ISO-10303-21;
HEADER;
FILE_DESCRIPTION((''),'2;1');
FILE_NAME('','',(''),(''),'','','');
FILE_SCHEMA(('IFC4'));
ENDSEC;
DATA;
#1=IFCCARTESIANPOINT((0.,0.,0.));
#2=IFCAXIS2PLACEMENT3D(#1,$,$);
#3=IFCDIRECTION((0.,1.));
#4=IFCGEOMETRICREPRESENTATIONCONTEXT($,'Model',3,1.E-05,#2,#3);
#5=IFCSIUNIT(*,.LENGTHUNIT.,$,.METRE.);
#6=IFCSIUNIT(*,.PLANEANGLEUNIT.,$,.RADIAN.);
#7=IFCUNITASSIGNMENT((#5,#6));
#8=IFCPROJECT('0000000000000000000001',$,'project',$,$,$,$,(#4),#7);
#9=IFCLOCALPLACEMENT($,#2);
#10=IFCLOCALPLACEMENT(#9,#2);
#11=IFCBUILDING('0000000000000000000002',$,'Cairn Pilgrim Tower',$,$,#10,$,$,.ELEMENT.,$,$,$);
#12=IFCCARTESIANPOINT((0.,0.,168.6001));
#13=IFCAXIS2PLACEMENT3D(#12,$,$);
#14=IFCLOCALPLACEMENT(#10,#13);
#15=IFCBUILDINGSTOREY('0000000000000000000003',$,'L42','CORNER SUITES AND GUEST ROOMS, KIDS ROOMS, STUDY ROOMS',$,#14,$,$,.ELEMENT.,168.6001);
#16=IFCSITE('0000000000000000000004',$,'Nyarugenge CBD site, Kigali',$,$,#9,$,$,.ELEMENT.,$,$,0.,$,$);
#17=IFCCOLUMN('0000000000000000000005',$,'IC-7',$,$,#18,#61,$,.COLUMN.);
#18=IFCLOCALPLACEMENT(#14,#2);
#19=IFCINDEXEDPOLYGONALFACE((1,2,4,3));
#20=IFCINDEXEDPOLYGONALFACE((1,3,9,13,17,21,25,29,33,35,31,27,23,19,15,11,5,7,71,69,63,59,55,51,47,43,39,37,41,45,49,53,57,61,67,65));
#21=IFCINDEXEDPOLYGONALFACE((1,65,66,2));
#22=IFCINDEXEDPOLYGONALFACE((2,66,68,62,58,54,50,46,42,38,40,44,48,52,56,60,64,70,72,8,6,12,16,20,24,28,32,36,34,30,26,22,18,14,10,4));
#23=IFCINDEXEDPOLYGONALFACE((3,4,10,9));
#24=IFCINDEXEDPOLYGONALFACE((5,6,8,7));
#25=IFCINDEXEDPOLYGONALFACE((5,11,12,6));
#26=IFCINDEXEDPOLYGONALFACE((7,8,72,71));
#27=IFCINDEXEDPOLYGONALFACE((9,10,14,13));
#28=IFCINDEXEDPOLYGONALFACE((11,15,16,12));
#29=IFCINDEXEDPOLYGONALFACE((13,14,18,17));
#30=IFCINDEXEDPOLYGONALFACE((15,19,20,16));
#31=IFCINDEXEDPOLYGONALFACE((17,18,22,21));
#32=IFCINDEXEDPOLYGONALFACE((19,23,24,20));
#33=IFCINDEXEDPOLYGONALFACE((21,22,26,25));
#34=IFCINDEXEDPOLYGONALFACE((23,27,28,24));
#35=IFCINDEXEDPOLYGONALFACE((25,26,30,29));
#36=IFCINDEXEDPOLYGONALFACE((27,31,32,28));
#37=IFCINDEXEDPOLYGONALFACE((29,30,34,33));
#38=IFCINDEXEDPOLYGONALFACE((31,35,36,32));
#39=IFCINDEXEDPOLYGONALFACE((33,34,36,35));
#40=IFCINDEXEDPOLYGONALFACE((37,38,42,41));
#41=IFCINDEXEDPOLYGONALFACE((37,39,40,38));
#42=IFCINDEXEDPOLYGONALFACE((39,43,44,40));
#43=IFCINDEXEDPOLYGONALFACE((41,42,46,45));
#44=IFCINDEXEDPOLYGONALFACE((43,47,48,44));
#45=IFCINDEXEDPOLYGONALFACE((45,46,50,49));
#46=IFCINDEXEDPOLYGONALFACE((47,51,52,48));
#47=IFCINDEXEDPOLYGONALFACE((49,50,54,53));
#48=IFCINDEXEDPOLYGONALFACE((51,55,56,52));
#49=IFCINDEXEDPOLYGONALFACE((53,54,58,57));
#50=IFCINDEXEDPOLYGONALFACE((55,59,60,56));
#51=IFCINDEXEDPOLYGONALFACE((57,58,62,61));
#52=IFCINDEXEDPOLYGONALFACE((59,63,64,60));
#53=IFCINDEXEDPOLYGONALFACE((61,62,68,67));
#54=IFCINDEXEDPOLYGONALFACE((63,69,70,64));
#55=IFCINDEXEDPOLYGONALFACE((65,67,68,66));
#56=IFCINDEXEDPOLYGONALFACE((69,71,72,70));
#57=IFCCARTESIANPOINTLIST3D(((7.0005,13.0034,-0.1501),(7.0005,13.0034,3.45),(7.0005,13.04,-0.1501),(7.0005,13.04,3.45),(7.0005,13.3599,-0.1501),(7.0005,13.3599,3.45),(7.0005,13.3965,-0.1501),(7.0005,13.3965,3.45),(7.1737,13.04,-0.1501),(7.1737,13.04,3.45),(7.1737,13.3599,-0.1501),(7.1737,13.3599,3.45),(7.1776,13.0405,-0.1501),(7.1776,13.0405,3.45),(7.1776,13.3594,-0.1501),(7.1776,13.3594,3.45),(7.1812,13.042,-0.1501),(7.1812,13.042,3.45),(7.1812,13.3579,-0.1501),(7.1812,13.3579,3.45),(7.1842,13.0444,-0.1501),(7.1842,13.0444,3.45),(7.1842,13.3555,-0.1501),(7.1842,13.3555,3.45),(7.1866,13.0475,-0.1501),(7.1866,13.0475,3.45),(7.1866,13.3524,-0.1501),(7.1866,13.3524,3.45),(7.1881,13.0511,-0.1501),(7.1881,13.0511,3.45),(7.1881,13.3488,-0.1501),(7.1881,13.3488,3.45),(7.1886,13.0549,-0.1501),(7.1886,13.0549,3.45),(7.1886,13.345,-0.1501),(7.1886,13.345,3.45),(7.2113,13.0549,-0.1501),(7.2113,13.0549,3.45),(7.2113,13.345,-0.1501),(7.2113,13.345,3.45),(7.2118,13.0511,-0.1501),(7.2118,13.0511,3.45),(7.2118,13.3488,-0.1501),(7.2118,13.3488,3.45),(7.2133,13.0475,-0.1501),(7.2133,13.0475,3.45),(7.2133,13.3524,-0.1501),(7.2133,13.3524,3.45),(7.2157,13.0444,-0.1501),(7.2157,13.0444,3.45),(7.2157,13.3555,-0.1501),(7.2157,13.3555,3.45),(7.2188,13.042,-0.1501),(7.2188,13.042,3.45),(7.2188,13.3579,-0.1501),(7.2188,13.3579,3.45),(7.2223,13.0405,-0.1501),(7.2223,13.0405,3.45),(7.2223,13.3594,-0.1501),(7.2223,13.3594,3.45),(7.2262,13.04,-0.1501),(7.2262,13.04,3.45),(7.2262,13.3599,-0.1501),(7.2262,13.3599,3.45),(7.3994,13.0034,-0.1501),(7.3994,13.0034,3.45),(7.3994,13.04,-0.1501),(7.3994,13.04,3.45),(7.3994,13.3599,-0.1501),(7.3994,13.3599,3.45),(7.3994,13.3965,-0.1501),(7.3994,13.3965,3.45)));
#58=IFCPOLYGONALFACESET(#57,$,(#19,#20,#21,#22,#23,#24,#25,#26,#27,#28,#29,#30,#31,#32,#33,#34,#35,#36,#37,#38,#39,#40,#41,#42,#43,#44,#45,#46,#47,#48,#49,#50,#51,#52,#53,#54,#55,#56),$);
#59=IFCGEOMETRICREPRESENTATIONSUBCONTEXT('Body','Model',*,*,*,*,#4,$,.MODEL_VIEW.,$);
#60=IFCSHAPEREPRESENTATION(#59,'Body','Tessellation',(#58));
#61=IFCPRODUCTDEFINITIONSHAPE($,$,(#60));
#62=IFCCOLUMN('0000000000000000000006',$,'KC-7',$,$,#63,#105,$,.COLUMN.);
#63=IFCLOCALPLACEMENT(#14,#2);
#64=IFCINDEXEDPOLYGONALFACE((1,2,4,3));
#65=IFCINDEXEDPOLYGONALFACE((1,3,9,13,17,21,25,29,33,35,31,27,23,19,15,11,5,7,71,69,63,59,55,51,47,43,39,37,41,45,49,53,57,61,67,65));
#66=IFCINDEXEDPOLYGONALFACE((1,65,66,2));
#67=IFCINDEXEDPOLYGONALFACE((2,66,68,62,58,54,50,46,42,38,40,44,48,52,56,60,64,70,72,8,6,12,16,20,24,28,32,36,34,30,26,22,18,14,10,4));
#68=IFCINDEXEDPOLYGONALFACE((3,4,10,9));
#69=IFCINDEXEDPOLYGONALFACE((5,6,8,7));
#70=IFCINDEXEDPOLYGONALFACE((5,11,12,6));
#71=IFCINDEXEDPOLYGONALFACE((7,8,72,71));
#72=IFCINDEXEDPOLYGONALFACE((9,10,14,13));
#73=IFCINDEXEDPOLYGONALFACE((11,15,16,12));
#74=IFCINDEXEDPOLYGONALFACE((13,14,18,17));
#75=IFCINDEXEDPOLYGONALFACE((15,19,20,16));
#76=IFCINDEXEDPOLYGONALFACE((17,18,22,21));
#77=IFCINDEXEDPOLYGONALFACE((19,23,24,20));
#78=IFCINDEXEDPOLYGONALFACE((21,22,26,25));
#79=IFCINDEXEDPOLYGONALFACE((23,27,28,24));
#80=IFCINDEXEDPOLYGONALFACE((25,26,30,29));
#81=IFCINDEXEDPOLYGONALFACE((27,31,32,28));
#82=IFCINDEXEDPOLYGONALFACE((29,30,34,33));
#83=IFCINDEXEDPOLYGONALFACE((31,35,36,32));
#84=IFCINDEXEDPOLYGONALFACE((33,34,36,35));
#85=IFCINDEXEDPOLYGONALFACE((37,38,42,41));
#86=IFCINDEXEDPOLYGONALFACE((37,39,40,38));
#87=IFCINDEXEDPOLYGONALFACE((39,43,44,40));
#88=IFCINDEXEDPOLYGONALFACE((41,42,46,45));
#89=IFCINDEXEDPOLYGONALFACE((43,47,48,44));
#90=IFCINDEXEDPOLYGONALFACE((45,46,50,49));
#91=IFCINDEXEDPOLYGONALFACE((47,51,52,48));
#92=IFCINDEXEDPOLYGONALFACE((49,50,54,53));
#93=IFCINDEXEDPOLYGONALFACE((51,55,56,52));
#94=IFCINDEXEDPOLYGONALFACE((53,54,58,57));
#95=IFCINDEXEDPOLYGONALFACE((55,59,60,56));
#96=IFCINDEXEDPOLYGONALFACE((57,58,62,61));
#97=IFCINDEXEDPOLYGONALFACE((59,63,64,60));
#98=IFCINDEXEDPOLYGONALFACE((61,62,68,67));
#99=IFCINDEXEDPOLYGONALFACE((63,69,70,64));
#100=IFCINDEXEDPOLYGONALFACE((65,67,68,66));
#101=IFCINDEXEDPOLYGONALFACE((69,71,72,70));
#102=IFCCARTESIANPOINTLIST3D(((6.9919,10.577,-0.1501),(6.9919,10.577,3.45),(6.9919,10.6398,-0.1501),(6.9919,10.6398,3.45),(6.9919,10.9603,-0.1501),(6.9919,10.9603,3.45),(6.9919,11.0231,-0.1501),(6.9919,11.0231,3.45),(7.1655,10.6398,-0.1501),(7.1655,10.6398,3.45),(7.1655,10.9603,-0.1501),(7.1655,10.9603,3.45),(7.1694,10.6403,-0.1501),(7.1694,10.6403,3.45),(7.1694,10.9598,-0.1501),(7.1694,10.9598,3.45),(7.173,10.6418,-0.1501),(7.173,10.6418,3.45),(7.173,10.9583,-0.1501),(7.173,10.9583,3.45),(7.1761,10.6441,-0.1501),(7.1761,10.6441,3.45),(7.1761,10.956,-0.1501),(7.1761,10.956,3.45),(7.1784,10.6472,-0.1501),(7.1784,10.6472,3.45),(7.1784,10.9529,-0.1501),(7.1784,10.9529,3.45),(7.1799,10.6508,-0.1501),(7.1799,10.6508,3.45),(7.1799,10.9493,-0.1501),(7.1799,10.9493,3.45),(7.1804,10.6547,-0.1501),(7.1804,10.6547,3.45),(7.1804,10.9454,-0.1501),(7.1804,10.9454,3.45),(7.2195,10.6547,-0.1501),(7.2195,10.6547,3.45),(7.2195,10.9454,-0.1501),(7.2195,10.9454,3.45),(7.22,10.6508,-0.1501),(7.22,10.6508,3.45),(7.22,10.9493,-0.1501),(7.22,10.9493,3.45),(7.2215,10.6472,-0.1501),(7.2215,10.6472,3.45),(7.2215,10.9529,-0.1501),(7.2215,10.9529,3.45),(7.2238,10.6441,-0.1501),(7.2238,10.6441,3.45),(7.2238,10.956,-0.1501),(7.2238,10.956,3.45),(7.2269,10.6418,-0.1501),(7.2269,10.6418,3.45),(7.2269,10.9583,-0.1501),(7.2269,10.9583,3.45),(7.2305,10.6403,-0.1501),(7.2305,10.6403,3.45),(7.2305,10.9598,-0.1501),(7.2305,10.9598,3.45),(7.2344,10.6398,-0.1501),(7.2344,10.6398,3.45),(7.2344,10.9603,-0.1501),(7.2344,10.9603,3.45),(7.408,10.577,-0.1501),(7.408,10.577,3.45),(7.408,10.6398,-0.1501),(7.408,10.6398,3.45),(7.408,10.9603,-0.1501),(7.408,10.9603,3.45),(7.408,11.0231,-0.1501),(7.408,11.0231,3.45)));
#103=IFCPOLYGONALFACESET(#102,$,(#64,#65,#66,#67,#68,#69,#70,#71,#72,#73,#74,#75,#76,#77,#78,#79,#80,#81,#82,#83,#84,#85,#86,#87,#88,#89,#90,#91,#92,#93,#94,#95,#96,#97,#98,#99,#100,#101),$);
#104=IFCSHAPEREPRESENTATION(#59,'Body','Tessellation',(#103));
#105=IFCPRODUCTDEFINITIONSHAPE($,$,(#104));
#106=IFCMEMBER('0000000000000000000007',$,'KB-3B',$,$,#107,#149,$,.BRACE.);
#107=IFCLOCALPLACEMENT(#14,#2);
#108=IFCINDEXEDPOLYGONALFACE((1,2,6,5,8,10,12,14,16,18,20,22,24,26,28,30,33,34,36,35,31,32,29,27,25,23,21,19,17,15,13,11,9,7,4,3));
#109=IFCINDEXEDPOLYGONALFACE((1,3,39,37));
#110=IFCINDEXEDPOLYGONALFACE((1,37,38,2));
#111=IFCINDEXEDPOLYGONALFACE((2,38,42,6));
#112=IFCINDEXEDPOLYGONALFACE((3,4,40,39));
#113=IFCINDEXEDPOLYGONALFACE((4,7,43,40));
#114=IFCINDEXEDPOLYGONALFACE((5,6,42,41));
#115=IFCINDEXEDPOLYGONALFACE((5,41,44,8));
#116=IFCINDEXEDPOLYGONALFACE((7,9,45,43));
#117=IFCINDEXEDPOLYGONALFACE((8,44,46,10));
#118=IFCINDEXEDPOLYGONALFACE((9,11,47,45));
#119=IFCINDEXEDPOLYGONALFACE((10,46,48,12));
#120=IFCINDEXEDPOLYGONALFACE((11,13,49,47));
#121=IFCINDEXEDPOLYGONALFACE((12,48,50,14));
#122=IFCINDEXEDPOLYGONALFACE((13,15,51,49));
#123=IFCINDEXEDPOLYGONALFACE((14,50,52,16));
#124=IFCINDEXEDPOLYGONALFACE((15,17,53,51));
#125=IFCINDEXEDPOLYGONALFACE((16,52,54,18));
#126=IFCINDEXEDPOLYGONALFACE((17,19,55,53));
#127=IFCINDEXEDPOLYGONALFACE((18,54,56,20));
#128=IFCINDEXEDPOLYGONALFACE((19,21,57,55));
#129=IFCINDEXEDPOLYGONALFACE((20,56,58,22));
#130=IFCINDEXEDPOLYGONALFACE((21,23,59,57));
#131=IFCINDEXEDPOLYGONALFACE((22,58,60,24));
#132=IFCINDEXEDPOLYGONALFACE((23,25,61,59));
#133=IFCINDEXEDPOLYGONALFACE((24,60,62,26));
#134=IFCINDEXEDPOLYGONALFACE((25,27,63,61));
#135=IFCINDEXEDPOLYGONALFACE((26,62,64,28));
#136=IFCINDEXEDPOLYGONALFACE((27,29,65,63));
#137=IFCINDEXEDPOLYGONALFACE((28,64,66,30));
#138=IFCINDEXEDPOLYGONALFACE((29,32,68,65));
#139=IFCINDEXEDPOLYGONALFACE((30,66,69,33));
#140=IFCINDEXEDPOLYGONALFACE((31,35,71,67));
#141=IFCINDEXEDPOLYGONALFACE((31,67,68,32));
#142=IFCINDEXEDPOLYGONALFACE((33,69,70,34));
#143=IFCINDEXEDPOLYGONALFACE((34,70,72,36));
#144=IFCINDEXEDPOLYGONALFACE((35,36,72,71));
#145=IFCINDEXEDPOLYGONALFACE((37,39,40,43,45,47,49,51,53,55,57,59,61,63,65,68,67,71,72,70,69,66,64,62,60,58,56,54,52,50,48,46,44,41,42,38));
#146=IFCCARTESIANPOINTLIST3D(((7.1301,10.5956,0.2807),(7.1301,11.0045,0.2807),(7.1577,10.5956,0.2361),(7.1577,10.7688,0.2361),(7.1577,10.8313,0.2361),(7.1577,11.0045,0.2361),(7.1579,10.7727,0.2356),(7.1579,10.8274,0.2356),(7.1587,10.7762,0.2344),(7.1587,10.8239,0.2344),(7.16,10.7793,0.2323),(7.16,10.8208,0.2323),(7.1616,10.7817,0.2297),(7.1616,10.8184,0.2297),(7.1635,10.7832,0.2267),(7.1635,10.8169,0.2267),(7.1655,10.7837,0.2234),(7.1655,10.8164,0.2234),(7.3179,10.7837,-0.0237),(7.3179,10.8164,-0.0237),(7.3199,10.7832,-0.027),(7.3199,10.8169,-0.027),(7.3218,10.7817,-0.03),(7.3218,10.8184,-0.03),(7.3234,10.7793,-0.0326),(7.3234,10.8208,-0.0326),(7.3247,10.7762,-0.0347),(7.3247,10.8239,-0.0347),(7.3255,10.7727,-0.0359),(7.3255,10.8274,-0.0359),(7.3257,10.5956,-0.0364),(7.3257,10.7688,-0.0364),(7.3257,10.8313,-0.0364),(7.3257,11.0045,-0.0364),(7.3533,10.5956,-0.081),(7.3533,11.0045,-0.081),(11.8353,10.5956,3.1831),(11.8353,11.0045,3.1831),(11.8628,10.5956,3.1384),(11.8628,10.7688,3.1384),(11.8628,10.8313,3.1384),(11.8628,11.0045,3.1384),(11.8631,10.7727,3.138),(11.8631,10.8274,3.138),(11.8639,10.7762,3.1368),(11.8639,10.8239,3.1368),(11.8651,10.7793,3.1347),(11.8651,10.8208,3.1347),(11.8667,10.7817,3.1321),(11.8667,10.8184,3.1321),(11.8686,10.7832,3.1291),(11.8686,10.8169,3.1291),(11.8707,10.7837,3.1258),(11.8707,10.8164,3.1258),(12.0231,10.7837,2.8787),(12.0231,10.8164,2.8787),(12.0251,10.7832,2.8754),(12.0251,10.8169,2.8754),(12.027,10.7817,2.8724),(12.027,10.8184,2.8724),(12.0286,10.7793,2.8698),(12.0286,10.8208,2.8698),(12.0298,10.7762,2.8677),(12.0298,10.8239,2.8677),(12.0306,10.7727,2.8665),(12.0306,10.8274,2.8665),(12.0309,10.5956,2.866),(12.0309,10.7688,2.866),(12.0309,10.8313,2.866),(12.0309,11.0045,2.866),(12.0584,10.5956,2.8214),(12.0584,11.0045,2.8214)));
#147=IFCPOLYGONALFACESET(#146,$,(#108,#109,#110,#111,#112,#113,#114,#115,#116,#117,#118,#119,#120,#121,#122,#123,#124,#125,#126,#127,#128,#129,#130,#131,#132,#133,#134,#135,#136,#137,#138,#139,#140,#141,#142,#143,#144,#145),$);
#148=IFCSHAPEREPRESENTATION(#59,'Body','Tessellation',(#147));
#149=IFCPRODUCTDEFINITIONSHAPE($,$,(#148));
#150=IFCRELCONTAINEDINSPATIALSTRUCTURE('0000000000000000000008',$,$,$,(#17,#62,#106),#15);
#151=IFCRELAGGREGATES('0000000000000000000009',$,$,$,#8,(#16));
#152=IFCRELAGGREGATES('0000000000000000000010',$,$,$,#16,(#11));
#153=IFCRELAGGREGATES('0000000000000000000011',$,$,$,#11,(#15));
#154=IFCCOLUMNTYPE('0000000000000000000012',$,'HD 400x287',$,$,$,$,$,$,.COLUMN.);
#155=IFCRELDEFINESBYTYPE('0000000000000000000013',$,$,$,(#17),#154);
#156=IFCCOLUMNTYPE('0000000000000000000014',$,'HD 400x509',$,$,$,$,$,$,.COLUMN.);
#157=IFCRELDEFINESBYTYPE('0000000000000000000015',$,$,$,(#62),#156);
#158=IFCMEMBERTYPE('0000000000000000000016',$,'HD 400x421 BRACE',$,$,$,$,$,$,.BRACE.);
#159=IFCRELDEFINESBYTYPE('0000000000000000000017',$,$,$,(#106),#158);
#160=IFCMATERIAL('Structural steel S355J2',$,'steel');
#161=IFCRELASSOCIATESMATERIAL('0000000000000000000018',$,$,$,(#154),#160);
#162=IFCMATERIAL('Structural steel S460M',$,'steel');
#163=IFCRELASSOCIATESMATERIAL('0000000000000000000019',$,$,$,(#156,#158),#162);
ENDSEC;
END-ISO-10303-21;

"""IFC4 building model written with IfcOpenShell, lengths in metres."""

from ifc_helpers import new_model, si_unit, direction, frame, origin, origin_2d, place, context, subcontext, project, spatial, i_section, extrude, material, material_profile, profile_set, type_object, element, save


model = new_model("IFC4")

# Units and contexts
model_context = context("Model", 3, precision=1e-05, world=origin(), true_north=direction((0.0, 1.0)))
body_context = subcontext(model_context, "Body", "Model", "MODEL_VIEW")
ifc_project = project(units=[si_unit("LENGTHUNIT", "METRE"), si_unit("PLANEANGLEUNIT", "RADIAN")], contexts=[model_context])

# Site, building, storey
site_placement = place(None, origin())
site = spatial("IfcSite", under=ifc_project, at=site_placement, Name="Nyarugenge CBD site, Kigali", CompositionType="ELEMENT", RefElevation=0.0)
building_placement = place(site_placement, origin())
building = spatial("IfcBuilding", under=site, at=building_placement, Name="Cairn Pilgrim Tower", CompositionType="ELEMENT")
storey_placement = place(building_placement, frame((0.0, 0.0, 168.6001)))
storey = spatial("IfcBuildingStorey", under=building, at=storey_placement, Name="L42", Description="CORNER SUITES AND GUEST ROOMS, KIDS ROOMS, STUDY ROOMS", CompositionType="ELEMENT", Elevation=168.6001)

# Columns
ifc_material_1 = material(Name="Structural steel S355J2", Category="steel")
ifc_material_profile_1 = material_profile(ifc_material_1, i_section(OverallWidth=0.3989, OverallDepth=0.3931, WebThickness=0.0227, FlangeThickness=0.0366, FilletRadius=0.0149, at=origin_2d()), Name="HD 400x287")
ifc_profile_set_1 = profile_set([ifc_material_profile_1], Name="Structural steel S355J2")
column_type_1 = type_object("IfcColumnType", Name="HD 400x287", PredefinedType="COLUMN", material=ifc_profile_set_1)
column_1_placement = place(storey_placement, frame((7.2, 13.2, -0.1501), z_axis=(0.0, 0.0, 1.0), x_axis=(1.0, 0.0, 0.0)))
element("IfcColumn", 1, at=column_1_placement, inside=storey, type_object=column_type_1, Name="IC-7", PredefinedType="COLUMN", context=body_context, shape_type="SweptSolid", body=[
    extrude(i_section(OverallWidth=0.3989, OverallDepth=0.3931, WebThickness=0.0227, FlangeThickness=0.0366, FilletRadius=0.0149, at=origin_2d()), origin(), (0.0, 0.0, 1.0), 3.6001),
])
ifc_material_2 = material(Name="Structural steel S460M", Category="steel")
ifc_material_profile_2 = material_profile(ifc_material_2, i_section(OverallWidth=0.416, OverallDepth=0.446, WebThickness=0.0391, FlangeThickness=0.0627, FilletRadius=0.0149, at=origin_2d()), Name="HD 400x509")
ifc_profile_set_2 = profile_set([ifc_material_profile_2], Name="Structural steel S460M")
column_type_2 = type_object("IfcColumnType", Name="HD 400x509", PredefinedType="COLUMN", material=ifc_profile_set_2)
column_2_placement = place(storey_placement, frame((7.2, 10.8, -0.1501), z_axis=(0.0, 0.0, 1.0), x_axis=(1.0, 0.0, 0.0)))
element("IfcColumn", 2, at=column_2_placement, inside=storey, type_object=column_type_2, Name="KC-7", PredefinedType="COLUMN", context=body_context, shape_type="SweptSolid", body=[
    extrude(i_section(OverallWidth=0.416, OverallDepth=0.446, WebThickness=0.0391, FlangeThickness=0.0627, FilletRadius=0.0149, at=origin_2d()), origin(), (0.0, 0.0, 1.0), 3.6001),
])

# Member
ifc_material_profile_3 = material_profile(ifc_material_2, i_section(OverallWidth=0.4089, OverallDepth=0.425, WebThickness=0.0327, FlangeThickness=0.0525, FilletRadius=0.0149, at=origin_2d()), Name="HD 400x421")
ifc_profile_set_3 = profile_set([ifc_material_profile_3], Name="Structural steel S460M")
member_type = type_object("IfcMemberType", Name="HD 400x421 BRACE", PredefinedType="BRACE", material=ifc_profile_set_3)
member_placement = place(storey_placement, frame((7.2417, 10.8, 0.0999), z_axis=(0.8511, 0.0, 0.525004), x_axis=(0.0, 1.0, 0.0)))
element("IfcMember", 3, at=member_placement, inside=storey, type_object=member_type, Name="KB-3B", PredefinedType="BRACE", context=body_context, shape_type="SweptSolid", body=[
    extrude(i_section(OverallWidth=0.4089, OverallDepth=0.425, WebThickness=0.0327, FlangeThickness=0.0525, FilletRadius=0.0149, at=origin_2d()), origin(), (0.0, 0.0, 1.0), 5.5283),
])

save(model, "model.ifc")
